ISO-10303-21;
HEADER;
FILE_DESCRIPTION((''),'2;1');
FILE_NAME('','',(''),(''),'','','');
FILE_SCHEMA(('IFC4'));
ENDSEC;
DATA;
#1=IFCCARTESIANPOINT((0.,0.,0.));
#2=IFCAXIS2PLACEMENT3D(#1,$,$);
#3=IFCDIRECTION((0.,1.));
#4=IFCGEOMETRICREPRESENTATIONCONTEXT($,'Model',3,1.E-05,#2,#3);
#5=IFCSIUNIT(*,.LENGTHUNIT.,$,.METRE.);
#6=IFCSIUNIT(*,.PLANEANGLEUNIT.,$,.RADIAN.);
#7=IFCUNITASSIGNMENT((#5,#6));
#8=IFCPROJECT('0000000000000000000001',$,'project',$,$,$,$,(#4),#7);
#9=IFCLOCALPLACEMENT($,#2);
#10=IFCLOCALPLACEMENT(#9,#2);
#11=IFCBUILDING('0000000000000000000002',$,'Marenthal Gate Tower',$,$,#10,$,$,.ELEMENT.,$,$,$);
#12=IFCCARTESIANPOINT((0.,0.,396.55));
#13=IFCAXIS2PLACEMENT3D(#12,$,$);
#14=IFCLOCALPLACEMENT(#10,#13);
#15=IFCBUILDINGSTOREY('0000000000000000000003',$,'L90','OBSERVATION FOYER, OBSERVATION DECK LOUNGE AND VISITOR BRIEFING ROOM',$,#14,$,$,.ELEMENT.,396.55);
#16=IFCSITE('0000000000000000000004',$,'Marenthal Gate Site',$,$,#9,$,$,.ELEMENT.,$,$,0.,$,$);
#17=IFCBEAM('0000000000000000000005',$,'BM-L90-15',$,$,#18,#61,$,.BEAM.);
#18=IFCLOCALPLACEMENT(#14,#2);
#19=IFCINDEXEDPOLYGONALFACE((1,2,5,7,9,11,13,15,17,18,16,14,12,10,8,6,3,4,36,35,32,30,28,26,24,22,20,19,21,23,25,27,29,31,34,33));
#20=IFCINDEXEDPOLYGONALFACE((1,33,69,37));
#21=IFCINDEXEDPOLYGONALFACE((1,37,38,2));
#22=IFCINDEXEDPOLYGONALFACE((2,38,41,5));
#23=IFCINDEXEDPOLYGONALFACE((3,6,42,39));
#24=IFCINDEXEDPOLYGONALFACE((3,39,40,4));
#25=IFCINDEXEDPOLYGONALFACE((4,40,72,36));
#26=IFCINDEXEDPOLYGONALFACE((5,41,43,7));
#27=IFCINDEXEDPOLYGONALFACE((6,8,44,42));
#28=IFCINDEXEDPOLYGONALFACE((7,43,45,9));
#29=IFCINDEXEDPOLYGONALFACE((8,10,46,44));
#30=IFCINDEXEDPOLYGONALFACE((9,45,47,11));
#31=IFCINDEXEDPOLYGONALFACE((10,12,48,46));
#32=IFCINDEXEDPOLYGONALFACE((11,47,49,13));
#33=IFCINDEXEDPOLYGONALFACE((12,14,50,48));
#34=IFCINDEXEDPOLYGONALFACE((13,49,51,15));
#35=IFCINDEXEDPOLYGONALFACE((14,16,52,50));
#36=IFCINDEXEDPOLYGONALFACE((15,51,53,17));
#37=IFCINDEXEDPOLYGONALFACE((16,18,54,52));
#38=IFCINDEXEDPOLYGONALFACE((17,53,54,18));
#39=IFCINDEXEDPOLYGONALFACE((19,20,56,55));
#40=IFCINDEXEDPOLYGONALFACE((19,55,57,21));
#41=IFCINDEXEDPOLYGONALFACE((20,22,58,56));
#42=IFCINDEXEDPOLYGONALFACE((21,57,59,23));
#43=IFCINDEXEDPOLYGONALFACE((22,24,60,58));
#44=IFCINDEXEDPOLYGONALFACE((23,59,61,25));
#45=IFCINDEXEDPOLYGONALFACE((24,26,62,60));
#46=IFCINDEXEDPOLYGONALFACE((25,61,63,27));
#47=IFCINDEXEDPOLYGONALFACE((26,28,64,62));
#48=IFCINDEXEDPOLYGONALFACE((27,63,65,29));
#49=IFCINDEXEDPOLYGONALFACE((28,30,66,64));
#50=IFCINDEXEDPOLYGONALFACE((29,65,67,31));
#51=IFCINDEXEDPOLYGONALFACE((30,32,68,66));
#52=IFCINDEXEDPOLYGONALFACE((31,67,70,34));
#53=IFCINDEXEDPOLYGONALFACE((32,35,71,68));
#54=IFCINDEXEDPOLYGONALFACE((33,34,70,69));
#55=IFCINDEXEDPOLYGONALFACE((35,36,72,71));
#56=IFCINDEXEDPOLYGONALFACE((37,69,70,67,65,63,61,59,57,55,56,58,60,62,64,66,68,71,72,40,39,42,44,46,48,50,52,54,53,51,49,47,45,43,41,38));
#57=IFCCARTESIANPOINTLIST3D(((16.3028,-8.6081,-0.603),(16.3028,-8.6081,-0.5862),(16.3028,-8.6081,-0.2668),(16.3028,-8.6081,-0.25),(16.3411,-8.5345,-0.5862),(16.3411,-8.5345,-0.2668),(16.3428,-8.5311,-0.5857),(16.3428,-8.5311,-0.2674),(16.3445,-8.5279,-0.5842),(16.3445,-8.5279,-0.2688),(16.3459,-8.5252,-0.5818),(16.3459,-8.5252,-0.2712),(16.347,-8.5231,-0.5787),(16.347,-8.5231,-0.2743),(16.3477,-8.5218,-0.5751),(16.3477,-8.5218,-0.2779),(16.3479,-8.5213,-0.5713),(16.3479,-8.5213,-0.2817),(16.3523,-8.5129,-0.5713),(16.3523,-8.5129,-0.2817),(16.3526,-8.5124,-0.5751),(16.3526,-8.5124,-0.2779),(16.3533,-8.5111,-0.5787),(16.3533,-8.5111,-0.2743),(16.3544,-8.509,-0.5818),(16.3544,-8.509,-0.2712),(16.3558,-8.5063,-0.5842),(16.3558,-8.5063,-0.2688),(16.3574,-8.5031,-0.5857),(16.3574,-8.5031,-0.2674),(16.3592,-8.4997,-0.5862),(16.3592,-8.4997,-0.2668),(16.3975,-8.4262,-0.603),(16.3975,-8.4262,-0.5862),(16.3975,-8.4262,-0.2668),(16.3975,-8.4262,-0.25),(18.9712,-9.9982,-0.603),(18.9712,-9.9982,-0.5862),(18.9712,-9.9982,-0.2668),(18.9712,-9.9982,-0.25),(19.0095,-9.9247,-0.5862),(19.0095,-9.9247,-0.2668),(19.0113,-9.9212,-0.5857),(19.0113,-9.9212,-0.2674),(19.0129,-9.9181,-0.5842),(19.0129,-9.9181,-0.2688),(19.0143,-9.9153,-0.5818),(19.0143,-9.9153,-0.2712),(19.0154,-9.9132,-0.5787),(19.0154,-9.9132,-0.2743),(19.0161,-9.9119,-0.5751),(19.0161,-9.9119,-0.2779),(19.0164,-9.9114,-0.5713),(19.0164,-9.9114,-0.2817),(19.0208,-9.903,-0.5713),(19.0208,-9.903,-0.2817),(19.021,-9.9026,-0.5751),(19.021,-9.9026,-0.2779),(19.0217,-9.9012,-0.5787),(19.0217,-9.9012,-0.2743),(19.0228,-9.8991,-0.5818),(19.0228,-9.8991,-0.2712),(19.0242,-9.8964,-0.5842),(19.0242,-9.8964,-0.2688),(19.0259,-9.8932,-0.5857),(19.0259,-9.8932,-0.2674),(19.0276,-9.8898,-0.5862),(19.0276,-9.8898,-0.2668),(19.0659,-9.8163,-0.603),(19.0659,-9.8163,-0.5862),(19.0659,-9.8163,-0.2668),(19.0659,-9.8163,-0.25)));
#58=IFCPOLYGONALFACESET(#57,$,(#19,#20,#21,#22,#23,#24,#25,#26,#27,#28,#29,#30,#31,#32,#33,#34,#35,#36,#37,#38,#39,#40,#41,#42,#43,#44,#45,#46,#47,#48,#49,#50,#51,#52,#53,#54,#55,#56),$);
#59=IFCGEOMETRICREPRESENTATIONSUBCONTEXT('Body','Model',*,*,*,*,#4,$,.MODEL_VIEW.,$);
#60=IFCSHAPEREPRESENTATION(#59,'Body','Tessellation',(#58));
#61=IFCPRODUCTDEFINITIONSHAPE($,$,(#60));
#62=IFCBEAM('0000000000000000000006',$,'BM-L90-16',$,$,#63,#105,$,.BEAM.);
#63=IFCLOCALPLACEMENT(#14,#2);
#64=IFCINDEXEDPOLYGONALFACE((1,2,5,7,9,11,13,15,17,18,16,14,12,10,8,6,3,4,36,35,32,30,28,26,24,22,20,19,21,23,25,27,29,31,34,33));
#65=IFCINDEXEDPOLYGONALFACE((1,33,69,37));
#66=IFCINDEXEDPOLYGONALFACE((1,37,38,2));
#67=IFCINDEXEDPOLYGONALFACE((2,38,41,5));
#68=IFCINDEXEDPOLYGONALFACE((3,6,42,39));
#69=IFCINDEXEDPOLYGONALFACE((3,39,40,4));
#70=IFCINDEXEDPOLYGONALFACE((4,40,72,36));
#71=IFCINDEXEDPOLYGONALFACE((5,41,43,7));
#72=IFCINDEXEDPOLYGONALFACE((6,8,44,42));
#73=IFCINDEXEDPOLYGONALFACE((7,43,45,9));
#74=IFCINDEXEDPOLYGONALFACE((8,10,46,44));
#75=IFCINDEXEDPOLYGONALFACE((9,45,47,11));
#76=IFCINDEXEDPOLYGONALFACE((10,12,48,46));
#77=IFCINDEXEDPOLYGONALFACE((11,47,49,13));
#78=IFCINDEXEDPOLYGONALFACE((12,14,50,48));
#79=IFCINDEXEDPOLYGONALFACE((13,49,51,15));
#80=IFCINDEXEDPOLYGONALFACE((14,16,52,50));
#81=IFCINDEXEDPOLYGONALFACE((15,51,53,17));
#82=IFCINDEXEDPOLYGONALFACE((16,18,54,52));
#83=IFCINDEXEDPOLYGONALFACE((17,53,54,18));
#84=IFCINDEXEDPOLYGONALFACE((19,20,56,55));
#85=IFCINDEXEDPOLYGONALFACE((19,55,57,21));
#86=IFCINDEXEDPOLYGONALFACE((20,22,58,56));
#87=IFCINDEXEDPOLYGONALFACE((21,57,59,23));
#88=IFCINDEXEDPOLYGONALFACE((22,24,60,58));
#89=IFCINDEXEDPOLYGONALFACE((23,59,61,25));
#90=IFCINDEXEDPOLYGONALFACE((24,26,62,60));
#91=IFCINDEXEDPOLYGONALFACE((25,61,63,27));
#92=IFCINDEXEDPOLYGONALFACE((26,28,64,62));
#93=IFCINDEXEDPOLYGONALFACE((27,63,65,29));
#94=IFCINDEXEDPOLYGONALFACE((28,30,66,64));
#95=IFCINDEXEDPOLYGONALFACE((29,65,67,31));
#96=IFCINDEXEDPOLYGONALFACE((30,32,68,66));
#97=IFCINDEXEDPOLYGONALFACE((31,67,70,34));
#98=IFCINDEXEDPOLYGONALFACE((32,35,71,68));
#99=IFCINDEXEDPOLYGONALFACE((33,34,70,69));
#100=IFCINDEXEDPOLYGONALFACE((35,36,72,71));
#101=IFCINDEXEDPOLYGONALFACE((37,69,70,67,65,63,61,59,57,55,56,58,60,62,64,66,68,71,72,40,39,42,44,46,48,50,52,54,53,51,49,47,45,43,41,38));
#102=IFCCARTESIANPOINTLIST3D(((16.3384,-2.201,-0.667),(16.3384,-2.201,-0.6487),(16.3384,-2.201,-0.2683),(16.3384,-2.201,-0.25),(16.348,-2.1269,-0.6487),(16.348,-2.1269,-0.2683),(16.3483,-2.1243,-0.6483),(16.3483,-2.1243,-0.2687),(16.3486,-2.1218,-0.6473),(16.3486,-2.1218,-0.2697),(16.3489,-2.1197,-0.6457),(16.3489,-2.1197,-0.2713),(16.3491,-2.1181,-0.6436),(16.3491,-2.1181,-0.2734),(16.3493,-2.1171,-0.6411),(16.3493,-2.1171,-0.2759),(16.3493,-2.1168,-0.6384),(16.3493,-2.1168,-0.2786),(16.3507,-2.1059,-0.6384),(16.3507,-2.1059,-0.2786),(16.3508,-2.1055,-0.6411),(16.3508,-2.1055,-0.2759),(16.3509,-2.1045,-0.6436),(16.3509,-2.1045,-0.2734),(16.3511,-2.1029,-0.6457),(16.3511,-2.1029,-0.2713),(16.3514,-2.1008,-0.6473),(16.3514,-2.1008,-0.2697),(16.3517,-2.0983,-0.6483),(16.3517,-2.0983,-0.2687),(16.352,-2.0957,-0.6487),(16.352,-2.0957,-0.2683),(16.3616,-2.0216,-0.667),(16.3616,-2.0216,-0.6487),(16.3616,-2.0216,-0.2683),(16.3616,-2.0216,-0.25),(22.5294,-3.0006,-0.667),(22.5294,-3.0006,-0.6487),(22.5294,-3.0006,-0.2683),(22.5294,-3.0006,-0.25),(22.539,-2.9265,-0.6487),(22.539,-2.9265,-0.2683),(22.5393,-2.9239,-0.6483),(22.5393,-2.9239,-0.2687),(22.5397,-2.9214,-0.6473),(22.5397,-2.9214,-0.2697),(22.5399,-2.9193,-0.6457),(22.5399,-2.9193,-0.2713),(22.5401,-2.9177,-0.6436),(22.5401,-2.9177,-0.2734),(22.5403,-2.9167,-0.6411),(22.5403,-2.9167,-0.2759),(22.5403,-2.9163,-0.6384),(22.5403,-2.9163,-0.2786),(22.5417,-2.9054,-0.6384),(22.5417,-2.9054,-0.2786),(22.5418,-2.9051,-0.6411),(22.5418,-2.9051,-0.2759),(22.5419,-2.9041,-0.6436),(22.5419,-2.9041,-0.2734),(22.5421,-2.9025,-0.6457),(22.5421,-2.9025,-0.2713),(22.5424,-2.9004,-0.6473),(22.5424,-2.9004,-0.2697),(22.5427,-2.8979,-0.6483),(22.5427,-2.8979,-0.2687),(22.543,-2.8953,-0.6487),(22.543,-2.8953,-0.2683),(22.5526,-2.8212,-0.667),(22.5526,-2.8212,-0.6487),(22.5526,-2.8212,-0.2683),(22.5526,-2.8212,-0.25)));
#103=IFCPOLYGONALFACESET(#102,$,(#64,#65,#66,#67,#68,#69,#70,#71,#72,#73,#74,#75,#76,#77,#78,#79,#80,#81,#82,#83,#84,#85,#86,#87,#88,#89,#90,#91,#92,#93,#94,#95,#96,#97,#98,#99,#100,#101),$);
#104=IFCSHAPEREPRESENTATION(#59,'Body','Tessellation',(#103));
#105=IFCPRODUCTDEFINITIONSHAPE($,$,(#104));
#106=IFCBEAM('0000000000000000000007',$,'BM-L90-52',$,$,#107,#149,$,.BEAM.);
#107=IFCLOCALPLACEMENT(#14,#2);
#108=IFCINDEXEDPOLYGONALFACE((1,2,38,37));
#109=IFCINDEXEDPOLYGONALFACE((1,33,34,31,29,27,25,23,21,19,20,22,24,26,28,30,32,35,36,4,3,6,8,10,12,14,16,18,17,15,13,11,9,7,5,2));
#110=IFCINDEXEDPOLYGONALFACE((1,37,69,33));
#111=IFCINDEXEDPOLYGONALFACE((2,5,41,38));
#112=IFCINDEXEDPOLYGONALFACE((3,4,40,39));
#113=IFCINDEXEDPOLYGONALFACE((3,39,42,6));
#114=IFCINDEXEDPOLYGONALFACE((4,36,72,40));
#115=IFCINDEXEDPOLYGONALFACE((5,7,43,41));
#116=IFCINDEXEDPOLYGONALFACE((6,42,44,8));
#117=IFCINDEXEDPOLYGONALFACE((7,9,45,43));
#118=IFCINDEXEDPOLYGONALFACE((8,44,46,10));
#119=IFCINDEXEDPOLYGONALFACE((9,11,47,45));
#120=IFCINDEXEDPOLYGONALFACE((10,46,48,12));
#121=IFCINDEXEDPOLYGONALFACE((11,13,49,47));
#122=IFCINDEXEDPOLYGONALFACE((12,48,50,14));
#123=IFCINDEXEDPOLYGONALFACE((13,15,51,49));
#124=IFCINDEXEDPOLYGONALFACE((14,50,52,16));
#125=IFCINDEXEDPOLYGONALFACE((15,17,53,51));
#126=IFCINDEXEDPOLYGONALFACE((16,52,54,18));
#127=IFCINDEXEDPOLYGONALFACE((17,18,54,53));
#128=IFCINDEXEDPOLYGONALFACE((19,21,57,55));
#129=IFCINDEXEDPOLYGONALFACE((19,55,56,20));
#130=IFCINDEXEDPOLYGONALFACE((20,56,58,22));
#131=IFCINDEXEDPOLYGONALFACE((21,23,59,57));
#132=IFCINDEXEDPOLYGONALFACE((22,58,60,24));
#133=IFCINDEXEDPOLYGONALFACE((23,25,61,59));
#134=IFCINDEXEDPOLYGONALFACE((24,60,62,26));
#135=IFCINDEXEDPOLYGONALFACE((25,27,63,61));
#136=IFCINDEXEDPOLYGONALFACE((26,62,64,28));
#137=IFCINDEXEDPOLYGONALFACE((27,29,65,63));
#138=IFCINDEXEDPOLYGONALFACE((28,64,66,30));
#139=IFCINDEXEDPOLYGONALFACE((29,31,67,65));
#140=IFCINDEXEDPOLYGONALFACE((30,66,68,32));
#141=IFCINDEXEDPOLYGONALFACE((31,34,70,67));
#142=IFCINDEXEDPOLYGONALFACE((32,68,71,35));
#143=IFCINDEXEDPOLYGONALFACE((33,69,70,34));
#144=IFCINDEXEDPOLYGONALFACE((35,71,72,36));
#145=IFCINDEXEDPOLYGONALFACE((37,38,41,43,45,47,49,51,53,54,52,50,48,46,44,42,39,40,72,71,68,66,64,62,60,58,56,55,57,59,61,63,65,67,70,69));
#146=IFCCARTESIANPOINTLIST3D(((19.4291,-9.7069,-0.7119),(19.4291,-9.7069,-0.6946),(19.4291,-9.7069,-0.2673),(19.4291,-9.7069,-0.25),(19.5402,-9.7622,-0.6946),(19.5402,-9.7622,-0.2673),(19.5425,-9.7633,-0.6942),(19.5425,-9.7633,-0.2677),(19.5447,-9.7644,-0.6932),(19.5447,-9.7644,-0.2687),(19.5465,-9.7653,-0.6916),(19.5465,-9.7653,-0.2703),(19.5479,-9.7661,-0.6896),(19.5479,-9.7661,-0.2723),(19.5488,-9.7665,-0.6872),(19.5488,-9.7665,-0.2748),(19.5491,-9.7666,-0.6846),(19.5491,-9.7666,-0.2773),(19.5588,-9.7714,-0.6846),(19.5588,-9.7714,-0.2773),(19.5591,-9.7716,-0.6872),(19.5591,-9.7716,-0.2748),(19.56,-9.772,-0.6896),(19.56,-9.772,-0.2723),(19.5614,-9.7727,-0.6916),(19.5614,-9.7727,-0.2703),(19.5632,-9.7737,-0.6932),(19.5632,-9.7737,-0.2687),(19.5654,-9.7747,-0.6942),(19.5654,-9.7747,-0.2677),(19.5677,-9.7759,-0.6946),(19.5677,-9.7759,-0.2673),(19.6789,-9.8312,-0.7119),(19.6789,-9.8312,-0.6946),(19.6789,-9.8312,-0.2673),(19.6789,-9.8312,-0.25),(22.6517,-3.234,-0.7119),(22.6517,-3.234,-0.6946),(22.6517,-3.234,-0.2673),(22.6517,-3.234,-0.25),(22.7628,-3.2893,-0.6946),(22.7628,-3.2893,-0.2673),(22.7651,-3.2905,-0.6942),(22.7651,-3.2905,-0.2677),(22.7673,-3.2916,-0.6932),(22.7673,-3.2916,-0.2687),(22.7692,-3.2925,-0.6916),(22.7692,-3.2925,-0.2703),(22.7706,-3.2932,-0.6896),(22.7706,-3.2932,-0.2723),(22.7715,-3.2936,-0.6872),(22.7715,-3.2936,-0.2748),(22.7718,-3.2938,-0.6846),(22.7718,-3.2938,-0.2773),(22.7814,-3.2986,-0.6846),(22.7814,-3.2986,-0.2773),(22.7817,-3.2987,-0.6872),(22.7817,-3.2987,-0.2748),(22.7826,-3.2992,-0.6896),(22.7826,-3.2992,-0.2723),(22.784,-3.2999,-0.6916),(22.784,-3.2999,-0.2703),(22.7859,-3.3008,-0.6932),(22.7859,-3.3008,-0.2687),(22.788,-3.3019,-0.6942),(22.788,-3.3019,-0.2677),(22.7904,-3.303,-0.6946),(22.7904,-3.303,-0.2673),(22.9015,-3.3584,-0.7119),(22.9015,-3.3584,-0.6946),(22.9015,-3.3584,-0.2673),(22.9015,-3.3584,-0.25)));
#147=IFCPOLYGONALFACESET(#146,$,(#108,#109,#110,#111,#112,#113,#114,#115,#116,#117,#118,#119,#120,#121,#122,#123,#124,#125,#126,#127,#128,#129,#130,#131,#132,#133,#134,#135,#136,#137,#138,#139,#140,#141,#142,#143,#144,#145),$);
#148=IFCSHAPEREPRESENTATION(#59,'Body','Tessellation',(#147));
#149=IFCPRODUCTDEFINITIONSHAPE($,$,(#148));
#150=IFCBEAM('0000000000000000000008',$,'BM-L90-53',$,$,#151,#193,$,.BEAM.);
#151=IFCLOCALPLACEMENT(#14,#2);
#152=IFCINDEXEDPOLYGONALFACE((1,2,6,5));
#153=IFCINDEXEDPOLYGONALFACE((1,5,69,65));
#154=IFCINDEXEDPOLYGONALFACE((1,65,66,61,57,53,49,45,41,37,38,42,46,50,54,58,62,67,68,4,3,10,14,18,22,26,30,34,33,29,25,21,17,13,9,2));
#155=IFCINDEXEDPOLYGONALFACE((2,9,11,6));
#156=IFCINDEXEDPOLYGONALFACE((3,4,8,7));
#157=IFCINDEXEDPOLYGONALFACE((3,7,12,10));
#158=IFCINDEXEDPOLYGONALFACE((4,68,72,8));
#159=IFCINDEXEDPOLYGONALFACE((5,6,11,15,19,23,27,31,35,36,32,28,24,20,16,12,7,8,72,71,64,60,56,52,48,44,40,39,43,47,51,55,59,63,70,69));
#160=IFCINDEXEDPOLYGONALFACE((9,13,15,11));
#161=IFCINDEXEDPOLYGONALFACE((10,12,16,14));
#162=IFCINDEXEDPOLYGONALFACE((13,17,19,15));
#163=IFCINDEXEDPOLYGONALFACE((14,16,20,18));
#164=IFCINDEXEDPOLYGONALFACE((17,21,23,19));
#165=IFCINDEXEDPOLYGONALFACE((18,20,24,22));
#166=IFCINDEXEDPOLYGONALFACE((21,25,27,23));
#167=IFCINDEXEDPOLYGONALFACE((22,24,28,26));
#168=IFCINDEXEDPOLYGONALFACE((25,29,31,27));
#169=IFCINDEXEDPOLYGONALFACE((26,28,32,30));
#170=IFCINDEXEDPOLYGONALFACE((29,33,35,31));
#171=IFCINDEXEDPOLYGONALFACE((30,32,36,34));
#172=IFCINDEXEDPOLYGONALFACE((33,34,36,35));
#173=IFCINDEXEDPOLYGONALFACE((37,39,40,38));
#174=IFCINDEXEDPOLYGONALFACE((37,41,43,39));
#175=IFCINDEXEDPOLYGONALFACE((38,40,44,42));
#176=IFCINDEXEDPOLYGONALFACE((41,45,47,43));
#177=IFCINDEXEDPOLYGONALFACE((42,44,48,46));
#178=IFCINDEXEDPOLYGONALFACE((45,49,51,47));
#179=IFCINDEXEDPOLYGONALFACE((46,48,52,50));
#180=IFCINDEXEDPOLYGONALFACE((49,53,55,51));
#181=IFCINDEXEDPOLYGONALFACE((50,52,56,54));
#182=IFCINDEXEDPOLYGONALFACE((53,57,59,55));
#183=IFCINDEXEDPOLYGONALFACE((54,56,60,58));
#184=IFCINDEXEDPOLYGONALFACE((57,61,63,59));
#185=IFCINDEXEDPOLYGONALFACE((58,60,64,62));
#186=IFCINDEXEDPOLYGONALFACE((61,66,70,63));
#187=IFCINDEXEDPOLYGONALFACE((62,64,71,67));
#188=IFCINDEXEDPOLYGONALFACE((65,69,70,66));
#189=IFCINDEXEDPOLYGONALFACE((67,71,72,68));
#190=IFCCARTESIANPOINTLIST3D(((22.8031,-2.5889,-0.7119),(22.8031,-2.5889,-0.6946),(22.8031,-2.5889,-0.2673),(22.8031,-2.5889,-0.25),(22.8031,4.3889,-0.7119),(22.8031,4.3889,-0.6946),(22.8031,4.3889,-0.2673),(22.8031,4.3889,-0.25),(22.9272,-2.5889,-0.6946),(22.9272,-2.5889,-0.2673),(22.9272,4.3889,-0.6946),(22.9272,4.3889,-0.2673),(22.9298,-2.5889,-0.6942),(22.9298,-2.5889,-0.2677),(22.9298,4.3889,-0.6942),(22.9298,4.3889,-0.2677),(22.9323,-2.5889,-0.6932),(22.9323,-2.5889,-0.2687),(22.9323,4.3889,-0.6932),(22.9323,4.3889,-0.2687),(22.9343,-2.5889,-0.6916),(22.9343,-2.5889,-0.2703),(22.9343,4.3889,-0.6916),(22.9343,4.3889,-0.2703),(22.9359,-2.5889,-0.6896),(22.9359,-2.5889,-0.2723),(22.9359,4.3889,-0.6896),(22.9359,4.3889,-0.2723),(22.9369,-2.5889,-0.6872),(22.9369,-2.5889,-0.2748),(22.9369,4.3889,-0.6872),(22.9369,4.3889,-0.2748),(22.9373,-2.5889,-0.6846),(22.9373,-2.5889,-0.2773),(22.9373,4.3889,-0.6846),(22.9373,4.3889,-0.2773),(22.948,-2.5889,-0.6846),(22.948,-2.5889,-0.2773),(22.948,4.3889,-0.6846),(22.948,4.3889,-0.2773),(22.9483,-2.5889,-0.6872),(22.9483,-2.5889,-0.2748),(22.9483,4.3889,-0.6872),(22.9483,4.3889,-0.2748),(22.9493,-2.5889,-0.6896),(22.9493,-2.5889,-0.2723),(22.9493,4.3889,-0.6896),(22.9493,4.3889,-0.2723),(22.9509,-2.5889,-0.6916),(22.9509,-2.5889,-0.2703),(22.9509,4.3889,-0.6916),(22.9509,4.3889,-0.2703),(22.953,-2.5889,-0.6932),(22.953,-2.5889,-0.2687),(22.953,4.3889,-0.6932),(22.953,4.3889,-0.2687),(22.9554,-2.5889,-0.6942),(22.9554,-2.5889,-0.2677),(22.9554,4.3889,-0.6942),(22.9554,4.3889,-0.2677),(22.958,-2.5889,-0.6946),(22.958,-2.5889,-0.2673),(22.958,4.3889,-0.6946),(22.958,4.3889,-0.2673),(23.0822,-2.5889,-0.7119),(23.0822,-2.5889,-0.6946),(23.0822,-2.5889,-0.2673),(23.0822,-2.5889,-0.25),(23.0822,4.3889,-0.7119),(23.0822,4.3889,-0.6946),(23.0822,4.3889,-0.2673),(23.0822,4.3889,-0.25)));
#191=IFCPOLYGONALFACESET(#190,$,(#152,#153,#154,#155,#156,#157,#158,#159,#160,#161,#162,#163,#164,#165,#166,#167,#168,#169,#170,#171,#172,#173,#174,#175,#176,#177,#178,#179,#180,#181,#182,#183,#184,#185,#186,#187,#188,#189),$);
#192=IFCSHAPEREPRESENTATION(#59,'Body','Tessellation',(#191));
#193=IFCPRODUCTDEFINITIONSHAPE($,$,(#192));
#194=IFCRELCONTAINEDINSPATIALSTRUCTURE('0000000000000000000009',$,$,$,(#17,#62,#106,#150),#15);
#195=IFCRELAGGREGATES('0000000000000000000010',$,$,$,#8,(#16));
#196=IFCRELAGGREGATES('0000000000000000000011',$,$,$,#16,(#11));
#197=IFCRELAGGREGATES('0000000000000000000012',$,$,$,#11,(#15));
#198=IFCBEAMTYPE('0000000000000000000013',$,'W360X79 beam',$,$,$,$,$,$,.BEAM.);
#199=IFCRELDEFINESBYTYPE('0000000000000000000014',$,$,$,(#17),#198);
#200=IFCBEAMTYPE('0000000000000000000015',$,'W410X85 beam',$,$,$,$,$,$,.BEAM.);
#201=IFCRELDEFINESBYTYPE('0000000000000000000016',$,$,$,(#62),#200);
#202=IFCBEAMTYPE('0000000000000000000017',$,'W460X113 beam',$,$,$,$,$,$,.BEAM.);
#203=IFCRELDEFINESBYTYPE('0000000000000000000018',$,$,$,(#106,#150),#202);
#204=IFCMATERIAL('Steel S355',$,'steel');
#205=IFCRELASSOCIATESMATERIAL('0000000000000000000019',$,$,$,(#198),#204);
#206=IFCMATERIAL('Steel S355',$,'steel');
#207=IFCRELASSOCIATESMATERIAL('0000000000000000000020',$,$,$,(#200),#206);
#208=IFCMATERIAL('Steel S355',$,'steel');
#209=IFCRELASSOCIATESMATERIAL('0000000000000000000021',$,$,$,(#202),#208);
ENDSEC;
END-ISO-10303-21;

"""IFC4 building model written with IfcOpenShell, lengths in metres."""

from ifc_helpers import new_model, si_unit, direction, frame, origin, origin_2d, place, context, subcontext, project, spatial, i_section, extrude, material, material_profile, profile_set, type_object, element, save


model = new_model("IFC4")

# Units and contexts
model_context = context("Model", 3, precision=1e-05, world=origin(), true_north=direction((0.0, 1.0)))
body_context = subcontext(model_context, "Body", "Model", "MODEL_VIEW")
ifc_project = project(units=[si_unit("LENGTHUNIT", "METRE"), si_unit("PLANEANGLEUNIT", "RADIAN")], contexts=[model_context])

# Site, building, storey
site_placement = place(None, origin())
site = spatial("IfcSite", under=ifc_project, at=site_placement, Name="Marenthal Gate Site", CompositionType="ELEMENT", RefElevation=0.0)
building_placement = place(site_placement, origin())
building = spatial("IfcBuilding", under=site, at=building_placement, Name="Marenthal Gate Tower", CompositionType="ELEMENT")
storey_placement = place(building_placement, frame((0.0, 0.0, 396.55)))
storey = spatial("IfcBuildingStorey", under=building, at=storey_placement, Name="L90", Description="OBSERVATION FOYER, OBSERVATION DECK LOUNGE AND VISITOR BRIEFING ROOM", CompositionType="ELEMENT", Elevation=396.55)

# Beams
ifc_material_1 = material(Name="Steel S355", Category="steel")
ifc_material_profile_1 = material_profile(ifc_material_1, i_section(OverallWidth=0.2051, OverallDepth=0.353, WebThickness=0.0095, FlangeThickness=0.0168, FilletRadius=0.0149, at=origin_2d()), Name="W360X79")
ifc_profile_set_1 = profile_set([ifc_material_profile_1], Name="Steel S355")
beam_type_1 = type_object("IfcBeamType", Name="W360X79 beam", PredefinedType="BEAM", material=ifc_profile_set_1)
beam_1_placement = place(storey_placement, frame((19.0186, -9.9072, -0.4265), z_axis=(-0.886871, 0.462017, 0.0), x_axis=(-0.462017, -0.886871, 0.0)))
element("IfcBeam", 1, at=beam_1_placement, inside=storey, type_object=beam_type_1, Name="BM-L90-15", PredefinedType="BEAM", context=body_context, shape_type="SweptSolid", body=[
    extrude(i_section(OverallWidth=0.2051, OverallDepth=0.353, WebThickness=0.0095, FlangeThickness=0.0168, FilletRadius=0.0149, at=origin_2d()), origin(), (0.0, 0.0, 1.0), 3.0088),
])
ifc_material_2 = material(Name="Steel S355", Category="steel")
ifc_material_profile_2 = material_profile(ifc_material_2, i_section(OverallWidth=0.1809, OverallDepth=0.417, WebThickness=0.011, FlangeThickness=0.0183, FilletRadius=0.0103, at=origin_2d()), Name="W410X85")
ifc_profile_set_2 = profile_set([ifc_material_profile_2], Name="Steel S355")
beam_type_2 = type_object("IfcBeamType", Name="W410X85 beam", PredefinedType="BEAM", material=ifc_profile_set_2)
beam_2_placement = place(storey_placement, frame((22.541, -2.9109, -0.4585), z_axis=(-0.991763, 0.128087, 0.0), x_axis=(-0.128087, -0.991763, 0.0)))
element("IfcBeam", 2, at=beam_2_placement, inside=storey, type_object=beam_type_2, Name="BM-L90-16", PredefinedType="BEAM", context=body_context, shape_type="SweptSolid", body=[
    extrude(i_section(OverallWidth=0.1809, OverallDepth=0.417, WebThickness=0.011, FlangeThickness=0.0183, FilletRadius=0.0103, at=origin_2d()), origin(), (0.0, 0.0, 1.0), 6.2424),
])
ifc_material_3 = material(Name="Steel S355", Category="steel")
ifc_material_profile_3 = material_profile(ifc_material_3, i_section(OverallWidth=0.2791, OverallDepth=0.4619, WebThickness=0.0107, FlangeThickness=0.0173, FilletRadius=0.01, at=origin_2d()), Name="W460X113")
ifc_profile_set_3 = profile_set([ifc_material_profile_3], Name="Steel S355")
beam_type_3 = type_object("IfcBeamType", Name="W460X113 beam", PredefinedType="BEAM", material=ifc_profile_set_3)
beam_3_placement = place(storey_placement, frame((19.554, -9.769, -0.481), z_axis=(0.445687, 0.895189, 0.0), x_axis=(-0.895189, 0.445687, 0.0)))
element("IfcBeam", 3, at=beam_3_placement, inside=storey, type_object=beam_type_3, Name="BM-L90-52", PredefinedType="BEAM", context=body_context, shape_type="SweptSolid", body=[
    extrude(i_section(OverallWidth=0.2791, OverallDepth=0.4619, WebThickness=0.0107, FlangeThickness=0.0173, FilletRadius=0.01, at=origin_2d()), origin(), (0.0, 0.0, 1.0), 7.2307),
])
beam_4_placement = place(storey_placement, frame((22.9426, -2.5889, -0.481), z_axis=(0.0, 1.0, 0.0), x_axis=(-1.0, 0.0, 0.0)))
element("IfcBeam", 4, at=beam_4_placement, inside=storey, type_object=beam_type_3, Name="BM-L90-53", PredefinedType="BEAM", context=body_context, shape_type="SweptSolid", body=[
    extrude(i_section(OverallWidth=0.2791, OverallDepth=0.4619, WebThickness=0.0107, FlangeThickness=0.0173, FilletRadius=0.01, at=origin_2d()), origin(), (0.0, 0.0, 1.0), 6.9778),
])

save(model, "model.ifc")
